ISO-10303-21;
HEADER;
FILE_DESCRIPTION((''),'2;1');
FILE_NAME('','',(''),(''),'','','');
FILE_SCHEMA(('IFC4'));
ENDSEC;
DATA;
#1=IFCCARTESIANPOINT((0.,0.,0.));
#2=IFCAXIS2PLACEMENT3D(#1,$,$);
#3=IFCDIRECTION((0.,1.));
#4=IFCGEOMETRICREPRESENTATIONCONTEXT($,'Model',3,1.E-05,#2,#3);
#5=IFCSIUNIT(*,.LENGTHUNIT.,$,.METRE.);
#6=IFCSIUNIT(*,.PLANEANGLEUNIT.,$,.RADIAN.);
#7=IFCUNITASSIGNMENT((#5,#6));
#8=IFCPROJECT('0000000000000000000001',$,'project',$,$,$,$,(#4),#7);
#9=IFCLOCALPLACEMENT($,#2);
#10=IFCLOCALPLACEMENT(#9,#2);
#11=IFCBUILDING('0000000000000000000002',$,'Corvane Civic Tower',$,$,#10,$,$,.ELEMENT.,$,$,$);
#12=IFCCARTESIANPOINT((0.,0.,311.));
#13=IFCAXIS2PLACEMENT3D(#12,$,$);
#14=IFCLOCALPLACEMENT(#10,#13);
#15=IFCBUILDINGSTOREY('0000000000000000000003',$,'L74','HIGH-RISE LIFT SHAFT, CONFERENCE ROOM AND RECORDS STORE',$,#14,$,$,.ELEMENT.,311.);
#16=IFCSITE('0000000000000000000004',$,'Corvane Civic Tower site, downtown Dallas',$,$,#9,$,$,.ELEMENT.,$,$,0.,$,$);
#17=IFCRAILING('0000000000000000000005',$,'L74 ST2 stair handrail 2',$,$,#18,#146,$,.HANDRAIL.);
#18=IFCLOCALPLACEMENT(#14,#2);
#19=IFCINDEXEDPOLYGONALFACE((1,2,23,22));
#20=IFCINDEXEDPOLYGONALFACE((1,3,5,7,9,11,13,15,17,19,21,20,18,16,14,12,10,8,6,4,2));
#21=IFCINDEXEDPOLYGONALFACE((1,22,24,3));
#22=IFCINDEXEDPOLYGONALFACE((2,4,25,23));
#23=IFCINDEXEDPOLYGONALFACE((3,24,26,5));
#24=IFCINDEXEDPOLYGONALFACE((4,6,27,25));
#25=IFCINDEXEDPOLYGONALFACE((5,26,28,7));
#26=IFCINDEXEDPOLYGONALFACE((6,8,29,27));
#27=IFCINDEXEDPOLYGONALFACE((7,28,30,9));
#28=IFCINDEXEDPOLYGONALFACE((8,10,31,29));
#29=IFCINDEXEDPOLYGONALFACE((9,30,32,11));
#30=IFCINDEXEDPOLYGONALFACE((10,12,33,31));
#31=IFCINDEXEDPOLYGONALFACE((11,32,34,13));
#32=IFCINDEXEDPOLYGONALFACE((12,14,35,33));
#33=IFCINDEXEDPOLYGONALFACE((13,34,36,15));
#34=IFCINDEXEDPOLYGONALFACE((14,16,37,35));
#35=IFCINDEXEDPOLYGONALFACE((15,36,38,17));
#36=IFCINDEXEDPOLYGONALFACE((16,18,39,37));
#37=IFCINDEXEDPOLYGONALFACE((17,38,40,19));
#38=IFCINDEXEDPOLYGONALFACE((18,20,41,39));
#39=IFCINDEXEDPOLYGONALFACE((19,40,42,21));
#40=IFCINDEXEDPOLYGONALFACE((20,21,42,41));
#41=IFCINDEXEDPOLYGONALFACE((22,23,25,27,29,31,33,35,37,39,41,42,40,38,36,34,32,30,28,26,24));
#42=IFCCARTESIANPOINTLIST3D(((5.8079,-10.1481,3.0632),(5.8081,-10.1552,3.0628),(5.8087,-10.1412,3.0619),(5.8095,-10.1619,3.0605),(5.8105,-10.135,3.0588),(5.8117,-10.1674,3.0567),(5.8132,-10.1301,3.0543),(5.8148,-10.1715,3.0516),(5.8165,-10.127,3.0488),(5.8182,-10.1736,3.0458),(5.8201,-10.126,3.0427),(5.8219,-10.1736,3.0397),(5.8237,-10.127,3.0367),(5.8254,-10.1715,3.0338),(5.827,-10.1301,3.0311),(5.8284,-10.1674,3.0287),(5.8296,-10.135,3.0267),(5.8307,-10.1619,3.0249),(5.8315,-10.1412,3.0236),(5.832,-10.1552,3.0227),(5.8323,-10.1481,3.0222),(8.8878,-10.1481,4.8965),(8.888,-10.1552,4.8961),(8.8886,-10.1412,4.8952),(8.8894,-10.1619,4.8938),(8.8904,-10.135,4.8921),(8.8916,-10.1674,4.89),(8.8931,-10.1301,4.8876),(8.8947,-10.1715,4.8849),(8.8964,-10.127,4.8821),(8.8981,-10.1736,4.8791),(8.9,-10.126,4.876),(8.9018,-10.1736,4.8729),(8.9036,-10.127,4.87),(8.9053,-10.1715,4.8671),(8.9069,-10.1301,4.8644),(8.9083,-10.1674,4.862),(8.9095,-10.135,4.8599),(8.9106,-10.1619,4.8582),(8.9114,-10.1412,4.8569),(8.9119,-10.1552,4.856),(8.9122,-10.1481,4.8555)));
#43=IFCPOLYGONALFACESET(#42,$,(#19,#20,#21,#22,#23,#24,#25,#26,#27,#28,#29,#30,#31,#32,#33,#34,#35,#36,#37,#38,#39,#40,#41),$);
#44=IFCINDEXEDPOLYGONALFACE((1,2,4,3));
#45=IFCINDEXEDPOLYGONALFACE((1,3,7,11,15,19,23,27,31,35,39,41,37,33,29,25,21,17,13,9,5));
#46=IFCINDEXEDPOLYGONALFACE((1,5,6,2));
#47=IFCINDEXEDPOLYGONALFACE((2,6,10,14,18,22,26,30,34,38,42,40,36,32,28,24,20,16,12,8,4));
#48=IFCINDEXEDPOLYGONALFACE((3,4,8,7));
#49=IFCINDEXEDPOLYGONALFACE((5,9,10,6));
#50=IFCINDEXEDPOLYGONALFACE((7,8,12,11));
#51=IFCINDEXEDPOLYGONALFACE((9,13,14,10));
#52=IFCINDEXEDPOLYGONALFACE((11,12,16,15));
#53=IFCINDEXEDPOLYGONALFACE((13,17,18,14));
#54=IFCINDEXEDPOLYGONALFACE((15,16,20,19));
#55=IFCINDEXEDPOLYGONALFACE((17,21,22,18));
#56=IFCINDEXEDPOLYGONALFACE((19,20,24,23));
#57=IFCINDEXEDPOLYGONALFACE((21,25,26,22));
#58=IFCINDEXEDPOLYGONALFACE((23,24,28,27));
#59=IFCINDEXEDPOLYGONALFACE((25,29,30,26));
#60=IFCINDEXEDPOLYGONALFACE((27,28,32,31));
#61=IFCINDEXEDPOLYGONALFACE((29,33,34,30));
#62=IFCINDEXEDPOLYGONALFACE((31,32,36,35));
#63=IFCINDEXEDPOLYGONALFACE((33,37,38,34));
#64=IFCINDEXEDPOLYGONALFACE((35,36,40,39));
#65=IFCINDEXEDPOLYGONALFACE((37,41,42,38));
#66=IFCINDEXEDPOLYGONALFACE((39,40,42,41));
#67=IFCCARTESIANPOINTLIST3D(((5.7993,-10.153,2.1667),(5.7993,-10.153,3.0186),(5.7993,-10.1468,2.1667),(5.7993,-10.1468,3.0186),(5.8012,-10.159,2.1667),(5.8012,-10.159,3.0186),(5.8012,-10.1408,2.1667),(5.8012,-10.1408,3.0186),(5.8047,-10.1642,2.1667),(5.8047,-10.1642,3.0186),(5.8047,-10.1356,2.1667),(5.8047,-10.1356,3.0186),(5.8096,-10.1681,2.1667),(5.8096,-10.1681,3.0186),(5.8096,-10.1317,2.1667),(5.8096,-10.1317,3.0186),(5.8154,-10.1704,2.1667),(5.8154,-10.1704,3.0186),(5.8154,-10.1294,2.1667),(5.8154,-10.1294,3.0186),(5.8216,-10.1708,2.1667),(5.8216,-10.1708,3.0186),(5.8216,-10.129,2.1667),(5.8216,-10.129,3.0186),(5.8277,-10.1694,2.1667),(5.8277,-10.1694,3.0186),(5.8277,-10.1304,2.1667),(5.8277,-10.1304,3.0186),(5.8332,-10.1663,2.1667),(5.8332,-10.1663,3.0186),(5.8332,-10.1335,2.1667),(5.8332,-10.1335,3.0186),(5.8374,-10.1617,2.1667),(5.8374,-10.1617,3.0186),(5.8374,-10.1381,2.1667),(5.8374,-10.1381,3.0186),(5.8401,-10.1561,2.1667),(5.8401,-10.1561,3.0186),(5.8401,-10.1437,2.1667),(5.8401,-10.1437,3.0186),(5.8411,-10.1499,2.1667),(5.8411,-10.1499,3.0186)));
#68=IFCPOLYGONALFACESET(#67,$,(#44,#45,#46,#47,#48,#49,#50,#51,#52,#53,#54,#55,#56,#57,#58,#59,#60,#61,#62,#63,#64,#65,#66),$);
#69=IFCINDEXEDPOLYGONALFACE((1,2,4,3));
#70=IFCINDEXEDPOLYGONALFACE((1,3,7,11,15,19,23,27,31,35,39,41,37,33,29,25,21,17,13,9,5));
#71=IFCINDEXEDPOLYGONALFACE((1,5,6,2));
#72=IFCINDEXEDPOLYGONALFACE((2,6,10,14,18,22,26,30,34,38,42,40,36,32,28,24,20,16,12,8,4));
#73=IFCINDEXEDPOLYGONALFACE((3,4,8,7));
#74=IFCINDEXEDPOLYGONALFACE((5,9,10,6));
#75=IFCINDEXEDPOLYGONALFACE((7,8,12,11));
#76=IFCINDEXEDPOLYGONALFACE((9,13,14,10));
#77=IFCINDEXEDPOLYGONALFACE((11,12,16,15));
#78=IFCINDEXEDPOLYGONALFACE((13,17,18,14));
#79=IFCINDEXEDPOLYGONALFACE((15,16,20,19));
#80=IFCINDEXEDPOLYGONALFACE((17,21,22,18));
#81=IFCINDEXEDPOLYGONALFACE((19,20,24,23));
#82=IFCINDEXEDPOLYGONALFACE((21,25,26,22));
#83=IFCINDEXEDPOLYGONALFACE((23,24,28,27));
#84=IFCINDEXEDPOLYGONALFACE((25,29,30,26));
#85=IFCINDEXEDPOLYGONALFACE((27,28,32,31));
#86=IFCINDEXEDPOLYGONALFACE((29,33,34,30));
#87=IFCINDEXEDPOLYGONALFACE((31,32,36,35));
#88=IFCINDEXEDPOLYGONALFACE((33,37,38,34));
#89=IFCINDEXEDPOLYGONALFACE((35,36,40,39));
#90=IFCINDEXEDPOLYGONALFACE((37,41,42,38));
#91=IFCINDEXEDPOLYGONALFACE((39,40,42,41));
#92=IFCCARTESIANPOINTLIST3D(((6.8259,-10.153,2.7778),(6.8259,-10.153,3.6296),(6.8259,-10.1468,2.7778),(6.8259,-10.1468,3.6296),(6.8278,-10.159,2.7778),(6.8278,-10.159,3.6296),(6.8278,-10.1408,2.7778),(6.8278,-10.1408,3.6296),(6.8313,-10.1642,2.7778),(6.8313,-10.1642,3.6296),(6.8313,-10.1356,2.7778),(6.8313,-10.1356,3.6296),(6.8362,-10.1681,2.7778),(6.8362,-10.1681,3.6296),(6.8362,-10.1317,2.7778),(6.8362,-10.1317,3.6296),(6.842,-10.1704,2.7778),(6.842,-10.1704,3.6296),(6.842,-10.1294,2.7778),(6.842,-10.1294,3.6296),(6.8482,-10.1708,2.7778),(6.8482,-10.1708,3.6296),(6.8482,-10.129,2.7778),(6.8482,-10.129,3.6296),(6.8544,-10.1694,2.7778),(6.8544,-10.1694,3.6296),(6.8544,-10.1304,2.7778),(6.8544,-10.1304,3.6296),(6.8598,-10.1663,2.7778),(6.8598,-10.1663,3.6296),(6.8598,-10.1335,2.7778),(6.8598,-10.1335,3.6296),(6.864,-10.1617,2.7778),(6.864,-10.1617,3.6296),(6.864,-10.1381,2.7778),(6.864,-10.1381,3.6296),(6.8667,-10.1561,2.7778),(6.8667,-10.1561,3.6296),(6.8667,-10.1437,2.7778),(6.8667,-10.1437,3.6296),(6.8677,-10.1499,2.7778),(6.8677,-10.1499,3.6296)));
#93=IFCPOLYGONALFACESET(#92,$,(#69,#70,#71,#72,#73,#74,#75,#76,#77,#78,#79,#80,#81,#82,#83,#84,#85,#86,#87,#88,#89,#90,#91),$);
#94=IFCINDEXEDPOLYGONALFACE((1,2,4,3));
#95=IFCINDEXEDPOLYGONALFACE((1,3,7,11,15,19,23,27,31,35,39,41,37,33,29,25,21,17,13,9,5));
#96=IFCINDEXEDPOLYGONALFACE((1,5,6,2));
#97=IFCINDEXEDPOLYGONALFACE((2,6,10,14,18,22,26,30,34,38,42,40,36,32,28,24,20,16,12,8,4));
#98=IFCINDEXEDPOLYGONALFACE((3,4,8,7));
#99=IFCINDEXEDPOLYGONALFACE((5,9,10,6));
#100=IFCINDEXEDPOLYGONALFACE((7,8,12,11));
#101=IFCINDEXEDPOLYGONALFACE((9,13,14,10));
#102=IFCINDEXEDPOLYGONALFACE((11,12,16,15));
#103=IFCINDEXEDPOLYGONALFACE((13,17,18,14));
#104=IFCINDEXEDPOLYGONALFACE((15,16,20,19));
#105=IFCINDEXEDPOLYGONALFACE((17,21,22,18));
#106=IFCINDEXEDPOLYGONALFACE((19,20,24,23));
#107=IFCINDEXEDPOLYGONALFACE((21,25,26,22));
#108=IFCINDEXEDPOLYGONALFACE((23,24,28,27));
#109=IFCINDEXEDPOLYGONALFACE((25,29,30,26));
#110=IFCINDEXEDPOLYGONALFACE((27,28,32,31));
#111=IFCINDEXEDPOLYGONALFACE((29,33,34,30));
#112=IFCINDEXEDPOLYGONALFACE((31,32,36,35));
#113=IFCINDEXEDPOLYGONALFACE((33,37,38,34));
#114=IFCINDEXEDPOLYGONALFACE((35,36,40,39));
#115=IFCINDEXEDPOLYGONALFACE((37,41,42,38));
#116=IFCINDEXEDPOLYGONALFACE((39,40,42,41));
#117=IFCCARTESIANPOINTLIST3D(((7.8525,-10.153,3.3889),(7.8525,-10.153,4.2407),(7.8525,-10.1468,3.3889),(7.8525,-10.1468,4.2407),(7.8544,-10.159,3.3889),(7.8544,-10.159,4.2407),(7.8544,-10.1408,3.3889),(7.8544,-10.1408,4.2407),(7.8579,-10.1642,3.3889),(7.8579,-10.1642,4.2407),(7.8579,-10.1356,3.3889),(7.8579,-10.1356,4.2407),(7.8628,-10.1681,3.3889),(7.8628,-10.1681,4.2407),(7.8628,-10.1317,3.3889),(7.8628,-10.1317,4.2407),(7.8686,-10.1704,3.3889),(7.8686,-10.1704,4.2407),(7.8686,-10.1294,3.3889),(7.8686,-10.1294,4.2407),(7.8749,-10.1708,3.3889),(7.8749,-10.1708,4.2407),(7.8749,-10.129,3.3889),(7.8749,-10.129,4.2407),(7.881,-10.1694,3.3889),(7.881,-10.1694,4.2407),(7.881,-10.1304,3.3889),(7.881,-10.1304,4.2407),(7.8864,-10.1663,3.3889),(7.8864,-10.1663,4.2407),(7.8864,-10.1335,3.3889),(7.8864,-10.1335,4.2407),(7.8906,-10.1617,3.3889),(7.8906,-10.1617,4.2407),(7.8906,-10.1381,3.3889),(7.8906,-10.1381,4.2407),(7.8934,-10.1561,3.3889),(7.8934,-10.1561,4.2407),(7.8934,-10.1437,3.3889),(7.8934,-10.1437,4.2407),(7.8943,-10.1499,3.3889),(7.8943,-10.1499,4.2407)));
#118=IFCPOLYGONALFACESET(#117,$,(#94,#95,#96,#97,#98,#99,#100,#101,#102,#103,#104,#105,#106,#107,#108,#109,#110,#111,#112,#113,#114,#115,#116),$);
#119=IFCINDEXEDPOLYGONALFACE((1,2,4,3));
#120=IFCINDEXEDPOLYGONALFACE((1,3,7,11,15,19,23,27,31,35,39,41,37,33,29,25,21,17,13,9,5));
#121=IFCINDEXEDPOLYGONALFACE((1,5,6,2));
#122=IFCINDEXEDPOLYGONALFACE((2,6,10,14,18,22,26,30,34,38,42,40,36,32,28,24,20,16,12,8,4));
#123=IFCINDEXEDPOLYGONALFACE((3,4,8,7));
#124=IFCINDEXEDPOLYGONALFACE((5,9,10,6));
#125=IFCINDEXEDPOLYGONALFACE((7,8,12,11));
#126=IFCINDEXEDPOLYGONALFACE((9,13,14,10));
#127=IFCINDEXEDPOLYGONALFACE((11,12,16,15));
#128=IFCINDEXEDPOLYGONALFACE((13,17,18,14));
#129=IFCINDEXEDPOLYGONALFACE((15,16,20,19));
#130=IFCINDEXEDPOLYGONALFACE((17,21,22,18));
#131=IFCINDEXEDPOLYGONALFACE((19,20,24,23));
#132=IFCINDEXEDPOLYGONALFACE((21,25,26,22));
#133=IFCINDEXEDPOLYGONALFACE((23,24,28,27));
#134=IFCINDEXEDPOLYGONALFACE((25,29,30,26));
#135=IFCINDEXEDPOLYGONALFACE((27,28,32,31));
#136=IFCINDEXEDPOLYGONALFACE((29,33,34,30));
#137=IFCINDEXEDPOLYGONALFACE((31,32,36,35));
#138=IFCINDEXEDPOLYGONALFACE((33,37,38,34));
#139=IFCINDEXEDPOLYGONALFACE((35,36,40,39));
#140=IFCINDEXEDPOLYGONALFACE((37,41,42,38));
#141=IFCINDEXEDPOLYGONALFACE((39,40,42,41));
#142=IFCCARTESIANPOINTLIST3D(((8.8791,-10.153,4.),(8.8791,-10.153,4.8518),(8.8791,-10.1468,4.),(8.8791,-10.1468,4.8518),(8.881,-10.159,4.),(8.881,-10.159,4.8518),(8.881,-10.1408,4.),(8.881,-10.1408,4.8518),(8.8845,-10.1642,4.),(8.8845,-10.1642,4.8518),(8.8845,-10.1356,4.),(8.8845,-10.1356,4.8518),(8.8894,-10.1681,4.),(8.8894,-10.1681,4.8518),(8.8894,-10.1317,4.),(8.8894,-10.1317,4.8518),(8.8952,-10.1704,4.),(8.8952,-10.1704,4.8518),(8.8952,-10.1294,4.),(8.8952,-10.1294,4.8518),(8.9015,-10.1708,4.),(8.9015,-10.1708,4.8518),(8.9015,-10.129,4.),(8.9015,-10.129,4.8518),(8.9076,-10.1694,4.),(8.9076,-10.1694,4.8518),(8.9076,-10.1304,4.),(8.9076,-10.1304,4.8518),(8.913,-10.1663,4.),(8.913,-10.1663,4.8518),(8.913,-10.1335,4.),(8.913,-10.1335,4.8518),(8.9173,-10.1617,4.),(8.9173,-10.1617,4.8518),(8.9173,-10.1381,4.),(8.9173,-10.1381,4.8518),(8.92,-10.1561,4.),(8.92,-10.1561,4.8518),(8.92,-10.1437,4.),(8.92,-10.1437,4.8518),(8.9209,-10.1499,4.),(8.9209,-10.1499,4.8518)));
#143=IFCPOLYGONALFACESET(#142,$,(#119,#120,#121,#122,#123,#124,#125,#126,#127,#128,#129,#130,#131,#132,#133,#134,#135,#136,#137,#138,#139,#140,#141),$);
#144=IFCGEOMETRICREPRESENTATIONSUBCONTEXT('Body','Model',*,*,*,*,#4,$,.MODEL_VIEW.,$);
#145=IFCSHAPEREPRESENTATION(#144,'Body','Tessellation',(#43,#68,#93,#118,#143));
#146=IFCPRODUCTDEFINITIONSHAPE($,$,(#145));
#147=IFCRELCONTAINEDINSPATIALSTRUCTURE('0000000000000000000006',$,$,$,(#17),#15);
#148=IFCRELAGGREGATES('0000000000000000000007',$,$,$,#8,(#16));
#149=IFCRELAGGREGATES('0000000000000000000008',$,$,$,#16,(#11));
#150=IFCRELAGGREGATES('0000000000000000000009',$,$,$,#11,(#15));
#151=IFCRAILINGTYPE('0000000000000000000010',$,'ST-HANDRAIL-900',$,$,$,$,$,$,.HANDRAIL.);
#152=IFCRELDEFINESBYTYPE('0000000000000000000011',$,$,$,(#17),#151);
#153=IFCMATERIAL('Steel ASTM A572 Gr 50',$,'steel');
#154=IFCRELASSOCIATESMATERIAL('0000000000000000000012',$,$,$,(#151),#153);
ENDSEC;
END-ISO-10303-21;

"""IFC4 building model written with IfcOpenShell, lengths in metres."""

from ifc_helpers import new_model, si_unit, direction, frame, origin, origin_2d, place, context, subcontext, project, spatial, circle, extrude, material, type_object, element, save


model = new_model("IFC4")

# Units and contexts
model_context = context("Model", 3, precision=1e-05, world=origin(), true_north=direction((0.0, 1.0)))
body_context = subcontext(model_context, "Body", "Model", "MODEL_VIEW")
ifc_project = project(units=[si_unit("LENGTHUNIT", "METRE"), si_unit("PLANEANGLEUNIT", "RADIAN")], contexts=[model_context])

# Site, building, storey
site_placement = place(None, origin())
site = spatial("IfcSite", under=ifc_project, at=site_placement, Name="Corvane Civic Tower site, downtown Dallas", CompositionType="ELEMENT", RefElevation=0.0)
building_placement = place(site_placement, origin())
building = spatial("IfcBuilding", under=site, at=building_placement, Name="Corvane Civic Tower", CompositionType="ELEMENT")
storey_placement = place(building_placement, frame((0.0, 0.0, 311.0)))
storey = spatial("IfcBuildingStorey", under=building, at=storey_placement, Name="L74", Description="HIGH-RISE LIFT SHAFT, CONFERENCE ROOM AND RECORDS STORE", CompositionType="ELEMENT", Elevation=311.0)

# Railing
ifc_material_1 = material(Name="Steel ASTM A572 Gr 50", Category="steel")
railing_type_1 = type_object("IfcRailingType", Name="ST-HANDRAIL-900", PredefinedType="HANDRAIL", material=ifc_material_1)
railing_1_placement = place(storey_placement, frame((5.8201, -10.1499, 2.1667)))
element("IfcRailing", 1, at=railing_1_placement, inside=storey, type_object=railing_type_1, Name="L74 ST2 stair handrail 2", PredefinedType="HANDRAIL", context=body_context, shape_type="SweptSolid", body=[
    extrude(circle(Radius=0.0239, at=origin_2d()), frame((0.0, 0.0, 0.876), z_axis=(0.859291, 0.0, 0.511487), x_axis=(0.0, 1.0, 0.0)), (0.0, 0.0, 1.0), 3.5842),
    extrude(circle(Radius=0.021, at=origin_2d()), origin(), (0.0, 0.0, 1.0), 0.8518),
    extrude(circle(Radius=0.021, at=origin_2d()), frame((1.0266, 0.0, 0.6111)), (0.0, 0.0, 1.0), 0.8518),
    extrude(circle(Radius=0.021, at=origin_2d()), frame((2.0532, 0.0, 1.2222)), (0.0, 0.0, 1.0), 0.8518),
    extrude(circle(Radius=0.021, at=origin_2d()), frame((3.0798, 0.0, 1.8333)), (0.0, 0.0, 1.0), 0.8518),
])

save(model, "model.ifc")
